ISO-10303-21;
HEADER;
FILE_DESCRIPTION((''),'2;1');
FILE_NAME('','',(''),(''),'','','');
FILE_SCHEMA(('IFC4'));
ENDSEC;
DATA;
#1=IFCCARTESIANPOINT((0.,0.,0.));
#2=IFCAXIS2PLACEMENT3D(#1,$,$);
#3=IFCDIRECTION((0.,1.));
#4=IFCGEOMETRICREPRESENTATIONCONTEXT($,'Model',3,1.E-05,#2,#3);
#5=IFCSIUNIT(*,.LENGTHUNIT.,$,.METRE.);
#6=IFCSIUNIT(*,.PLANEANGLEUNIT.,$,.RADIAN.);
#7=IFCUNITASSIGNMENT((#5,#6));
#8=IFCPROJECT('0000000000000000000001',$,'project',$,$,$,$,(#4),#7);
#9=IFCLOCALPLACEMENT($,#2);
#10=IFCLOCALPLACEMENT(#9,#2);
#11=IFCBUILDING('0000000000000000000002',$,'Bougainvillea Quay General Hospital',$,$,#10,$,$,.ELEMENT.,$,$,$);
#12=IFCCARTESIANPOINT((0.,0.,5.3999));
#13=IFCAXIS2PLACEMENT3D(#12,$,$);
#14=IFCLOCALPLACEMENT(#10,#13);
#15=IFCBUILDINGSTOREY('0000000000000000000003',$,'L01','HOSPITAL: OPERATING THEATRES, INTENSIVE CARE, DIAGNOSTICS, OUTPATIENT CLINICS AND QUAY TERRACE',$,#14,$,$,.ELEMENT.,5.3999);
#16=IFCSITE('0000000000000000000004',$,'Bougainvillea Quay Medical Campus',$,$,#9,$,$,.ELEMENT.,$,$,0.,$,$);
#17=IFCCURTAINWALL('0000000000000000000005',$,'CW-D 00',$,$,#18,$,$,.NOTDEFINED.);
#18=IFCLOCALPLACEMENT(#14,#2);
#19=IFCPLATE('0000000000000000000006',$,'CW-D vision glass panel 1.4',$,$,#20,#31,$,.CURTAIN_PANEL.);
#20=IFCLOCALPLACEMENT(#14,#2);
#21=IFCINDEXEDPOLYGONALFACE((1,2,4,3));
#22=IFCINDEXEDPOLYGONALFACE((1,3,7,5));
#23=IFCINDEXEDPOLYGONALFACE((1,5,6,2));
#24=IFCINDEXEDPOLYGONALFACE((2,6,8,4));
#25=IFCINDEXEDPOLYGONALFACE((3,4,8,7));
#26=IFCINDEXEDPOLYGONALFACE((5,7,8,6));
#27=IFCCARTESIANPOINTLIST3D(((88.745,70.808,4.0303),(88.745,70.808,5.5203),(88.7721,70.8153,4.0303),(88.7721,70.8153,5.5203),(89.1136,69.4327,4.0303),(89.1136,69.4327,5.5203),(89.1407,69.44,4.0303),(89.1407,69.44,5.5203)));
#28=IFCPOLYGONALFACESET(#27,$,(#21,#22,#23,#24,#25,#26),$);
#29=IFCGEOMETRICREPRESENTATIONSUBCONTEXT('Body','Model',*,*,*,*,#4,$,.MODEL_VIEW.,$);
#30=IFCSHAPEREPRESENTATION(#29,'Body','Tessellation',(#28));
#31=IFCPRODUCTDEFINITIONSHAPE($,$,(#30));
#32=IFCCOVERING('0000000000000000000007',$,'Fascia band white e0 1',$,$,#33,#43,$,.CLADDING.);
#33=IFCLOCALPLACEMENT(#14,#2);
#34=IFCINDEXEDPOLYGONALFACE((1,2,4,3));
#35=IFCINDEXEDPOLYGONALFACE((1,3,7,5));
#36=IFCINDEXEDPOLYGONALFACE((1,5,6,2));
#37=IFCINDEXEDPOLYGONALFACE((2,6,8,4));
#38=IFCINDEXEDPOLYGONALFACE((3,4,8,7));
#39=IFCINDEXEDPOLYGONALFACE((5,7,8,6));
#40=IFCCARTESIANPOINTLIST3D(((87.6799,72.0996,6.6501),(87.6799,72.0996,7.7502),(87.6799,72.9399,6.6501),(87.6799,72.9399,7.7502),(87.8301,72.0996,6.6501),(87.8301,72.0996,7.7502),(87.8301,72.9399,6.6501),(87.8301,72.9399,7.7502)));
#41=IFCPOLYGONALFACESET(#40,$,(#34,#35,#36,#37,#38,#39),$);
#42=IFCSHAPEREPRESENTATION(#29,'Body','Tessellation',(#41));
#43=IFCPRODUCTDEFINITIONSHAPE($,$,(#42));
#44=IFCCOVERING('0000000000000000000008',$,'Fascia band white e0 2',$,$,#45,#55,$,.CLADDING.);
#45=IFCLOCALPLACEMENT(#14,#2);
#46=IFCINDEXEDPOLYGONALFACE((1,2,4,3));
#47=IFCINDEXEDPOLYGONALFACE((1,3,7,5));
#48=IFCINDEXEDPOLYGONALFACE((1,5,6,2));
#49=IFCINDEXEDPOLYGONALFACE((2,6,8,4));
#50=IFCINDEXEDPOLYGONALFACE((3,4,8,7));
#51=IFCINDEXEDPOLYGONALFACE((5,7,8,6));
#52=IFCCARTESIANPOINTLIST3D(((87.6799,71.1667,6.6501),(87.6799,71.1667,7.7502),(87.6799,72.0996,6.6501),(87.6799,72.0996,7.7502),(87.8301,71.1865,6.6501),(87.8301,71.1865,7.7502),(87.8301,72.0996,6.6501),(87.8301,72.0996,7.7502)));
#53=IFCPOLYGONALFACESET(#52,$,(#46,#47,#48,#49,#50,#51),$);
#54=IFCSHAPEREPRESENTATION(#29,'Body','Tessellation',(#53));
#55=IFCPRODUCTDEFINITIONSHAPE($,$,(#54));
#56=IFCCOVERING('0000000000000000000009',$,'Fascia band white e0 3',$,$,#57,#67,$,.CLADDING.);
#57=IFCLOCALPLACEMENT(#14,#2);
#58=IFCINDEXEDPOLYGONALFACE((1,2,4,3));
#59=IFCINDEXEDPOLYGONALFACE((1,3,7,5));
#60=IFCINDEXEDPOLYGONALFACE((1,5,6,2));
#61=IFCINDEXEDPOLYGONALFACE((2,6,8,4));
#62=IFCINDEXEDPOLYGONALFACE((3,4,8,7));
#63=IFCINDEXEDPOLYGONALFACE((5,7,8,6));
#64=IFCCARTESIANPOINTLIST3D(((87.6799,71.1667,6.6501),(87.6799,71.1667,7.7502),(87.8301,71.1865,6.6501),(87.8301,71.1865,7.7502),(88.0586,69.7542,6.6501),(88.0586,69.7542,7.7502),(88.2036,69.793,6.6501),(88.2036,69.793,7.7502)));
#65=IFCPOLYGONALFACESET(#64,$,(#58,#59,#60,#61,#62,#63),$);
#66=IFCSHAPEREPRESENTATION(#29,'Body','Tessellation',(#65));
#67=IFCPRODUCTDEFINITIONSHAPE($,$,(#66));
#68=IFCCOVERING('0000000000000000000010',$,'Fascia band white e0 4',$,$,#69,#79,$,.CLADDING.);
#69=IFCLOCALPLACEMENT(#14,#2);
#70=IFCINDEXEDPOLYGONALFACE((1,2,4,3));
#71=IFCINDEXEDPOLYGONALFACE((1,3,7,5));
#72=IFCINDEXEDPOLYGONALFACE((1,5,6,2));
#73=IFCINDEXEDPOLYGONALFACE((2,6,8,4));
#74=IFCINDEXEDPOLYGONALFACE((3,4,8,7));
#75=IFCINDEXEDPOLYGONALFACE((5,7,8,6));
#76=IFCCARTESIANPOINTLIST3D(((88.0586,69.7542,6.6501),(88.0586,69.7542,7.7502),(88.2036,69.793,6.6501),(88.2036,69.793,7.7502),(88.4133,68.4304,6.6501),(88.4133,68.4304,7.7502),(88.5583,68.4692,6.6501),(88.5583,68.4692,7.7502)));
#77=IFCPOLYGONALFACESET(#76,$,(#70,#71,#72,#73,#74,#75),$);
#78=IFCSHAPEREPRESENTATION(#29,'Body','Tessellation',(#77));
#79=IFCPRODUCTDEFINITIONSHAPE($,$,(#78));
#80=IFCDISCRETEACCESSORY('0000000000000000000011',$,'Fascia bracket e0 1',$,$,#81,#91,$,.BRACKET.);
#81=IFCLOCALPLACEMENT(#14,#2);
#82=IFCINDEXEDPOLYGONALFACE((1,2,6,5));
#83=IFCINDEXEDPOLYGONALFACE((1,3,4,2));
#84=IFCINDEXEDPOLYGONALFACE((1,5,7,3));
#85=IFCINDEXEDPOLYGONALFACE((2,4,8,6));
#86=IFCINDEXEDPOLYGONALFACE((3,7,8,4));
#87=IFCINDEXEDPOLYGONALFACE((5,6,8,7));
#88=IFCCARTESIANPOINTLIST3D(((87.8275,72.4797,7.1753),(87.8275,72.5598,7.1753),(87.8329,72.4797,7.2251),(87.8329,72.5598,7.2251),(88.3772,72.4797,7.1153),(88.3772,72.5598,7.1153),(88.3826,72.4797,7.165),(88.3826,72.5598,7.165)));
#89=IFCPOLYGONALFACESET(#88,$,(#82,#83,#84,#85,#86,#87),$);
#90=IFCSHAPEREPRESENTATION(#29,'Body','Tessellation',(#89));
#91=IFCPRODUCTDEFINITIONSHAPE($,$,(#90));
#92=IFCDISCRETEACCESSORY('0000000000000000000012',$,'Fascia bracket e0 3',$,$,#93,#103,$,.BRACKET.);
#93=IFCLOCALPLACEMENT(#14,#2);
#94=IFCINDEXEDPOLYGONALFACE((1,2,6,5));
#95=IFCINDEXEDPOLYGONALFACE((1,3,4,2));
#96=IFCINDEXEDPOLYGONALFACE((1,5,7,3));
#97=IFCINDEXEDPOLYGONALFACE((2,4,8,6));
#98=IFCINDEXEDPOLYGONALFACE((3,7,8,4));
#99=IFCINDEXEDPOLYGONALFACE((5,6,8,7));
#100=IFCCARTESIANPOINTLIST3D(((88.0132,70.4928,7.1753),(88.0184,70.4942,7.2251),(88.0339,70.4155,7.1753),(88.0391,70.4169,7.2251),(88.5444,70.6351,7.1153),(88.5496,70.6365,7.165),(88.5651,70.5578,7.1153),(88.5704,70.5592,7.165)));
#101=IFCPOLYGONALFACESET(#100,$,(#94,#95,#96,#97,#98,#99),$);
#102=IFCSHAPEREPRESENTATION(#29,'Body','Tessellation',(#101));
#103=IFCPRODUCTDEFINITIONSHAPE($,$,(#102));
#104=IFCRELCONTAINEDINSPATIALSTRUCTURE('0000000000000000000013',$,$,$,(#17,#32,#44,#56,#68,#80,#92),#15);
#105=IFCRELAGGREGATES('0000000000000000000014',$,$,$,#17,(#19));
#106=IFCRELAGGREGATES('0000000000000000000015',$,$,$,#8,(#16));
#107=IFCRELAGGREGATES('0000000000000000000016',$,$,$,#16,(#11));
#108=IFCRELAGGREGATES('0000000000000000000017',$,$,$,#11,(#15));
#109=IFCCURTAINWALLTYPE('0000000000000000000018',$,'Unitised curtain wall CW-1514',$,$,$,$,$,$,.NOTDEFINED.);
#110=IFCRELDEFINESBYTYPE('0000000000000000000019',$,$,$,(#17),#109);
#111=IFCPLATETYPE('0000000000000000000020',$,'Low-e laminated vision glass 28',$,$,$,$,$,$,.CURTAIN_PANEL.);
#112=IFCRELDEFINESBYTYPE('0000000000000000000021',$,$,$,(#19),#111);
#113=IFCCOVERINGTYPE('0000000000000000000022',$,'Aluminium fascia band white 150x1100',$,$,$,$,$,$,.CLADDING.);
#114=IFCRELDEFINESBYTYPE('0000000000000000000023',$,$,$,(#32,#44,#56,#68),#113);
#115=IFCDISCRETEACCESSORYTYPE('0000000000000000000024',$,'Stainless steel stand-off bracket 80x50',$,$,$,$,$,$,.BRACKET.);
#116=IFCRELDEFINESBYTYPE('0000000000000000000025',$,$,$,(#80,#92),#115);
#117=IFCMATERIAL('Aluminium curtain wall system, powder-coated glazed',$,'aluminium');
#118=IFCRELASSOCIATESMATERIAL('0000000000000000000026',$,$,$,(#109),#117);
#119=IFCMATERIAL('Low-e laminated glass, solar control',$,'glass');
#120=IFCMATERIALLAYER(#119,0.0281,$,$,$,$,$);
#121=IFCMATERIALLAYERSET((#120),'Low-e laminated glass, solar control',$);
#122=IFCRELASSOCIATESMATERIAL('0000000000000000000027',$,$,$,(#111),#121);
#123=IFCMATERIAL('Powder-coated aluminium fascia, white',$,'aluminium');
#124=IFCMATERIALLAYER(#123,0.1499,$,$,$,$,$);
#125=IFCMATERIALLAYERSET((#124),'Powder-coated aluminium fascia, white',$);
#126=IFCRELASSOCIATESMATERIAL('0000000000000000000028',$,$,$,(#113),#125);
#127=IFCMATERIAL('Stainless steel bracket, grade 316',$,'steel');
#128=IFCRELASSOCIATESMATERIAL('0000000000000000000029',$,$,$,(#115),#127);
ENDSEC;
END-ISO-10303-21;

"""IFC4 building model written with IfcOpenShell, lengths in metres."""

from ifc_helpers import new_model, si_unit, direction, frame, origin, origin_2d, place, context, subcontext, project, spatial, polyline, rectangle, outline, extrude, material, layer, layer_set, material_profile, profile_set, type_object, element, aggregate, save


model = new_model("IFC4")

# Units and contexts
model_context = context("Model", 3, precision=1e-05, world=origin(), true_north=direction((0.0, 1.0)))
body_context = subcontext(model_context, "Body", "Model", "MODEL_VIEW")
ifc_project = project(units=[si_unit("LENGTHUNIT", "METRE"), si_unit("PLANEANGLEUNIT", "RADIAN")], contexts=[model_context])

# Site, building, storey
site_placement = place(None, origin())
site = spatial("IfcSite", under=ifc_project, at=site_placement, Name="Bougainvillea Quay Medical Campus", CompositionType="ELEMENT", RefElevation=0.0)
building_placement = place(site_placement, origin())
building = spatial("IfcBuilding", under=site, at=building_placement, Name="Bougainvillea Quay General Hospital", CompositionType="ELEMENT")
storey_placement = place(building_placement, frame((0.0, 0.0, 5.3999)))
storey = spatial("IfcBuildingStorey", under=building, at=storey_placement, Name="L01", Description="HOSPITAL: OPERATING THEATRES, INTENSIVE CARE, DIAGNOSTICS, OUTPATIENT CLINICS AND QUAY TERRACE", CompositionType="ELEMENT", Elevation=5.3999)

# Curtain wall
ifc_material_1 = material(Name="Aluminium curtain wall system, powder-coated glazed", Category="aluminium")
curtain_wall_type_1 = type_object("IfcCurtainWallType", Name="Unitised curtain wall CW-1514", PredefinedType="NOTDEFINED", material=ifc_material_1)
curtain_wall_1_placement = place(storey_placement, origin())
curtain_wall_1 = element("IfcCurtainWall", 1, at=curtain_wall_1_placement, inside=storey, type_object=curtain_wall_type_1, Name="CW-D 00", PredefinedType="NOTDEFINED")

# Plate
ifc_material_2 = material(Name="Low-e laminated glass, solar control", Category="glass")
ifc_layer_1 = layer(ifc_material_2, 0.0281)
ifc_layer_set_1 = layer_set([ifc_layer_1], Name="Low-e laminated glass, solar control")
plate_type_1 = type_object("IfcPlateType", Name="Low-e laminated vision glass 28", PredefinedType="CURTAIN_PANEL", material=ifc_layer_set_1)
plate_1_placement = place(storey_placement, frame((88.9429, 70.124, 4.0303), z_axis=(0.0, 0.0, 1.0), x_axis=(0.258855, -0.965916, 0.0)))
plate_1 = element("IfcPlate", 2, at=plate_1_placement, type_object=plate_type_1, Name="CW-D vision glass panel 1.4", PredefinedType="CURTAIN_PANEL", context=body_context, shape_type="SweptSolid", body=[
    extrude(rectangle(XDim=1.4238, YDim=0.0281, at=origin_2d()), origin(), (0.0, 0.0, 1.0), 1.49),
])
aggregate(curtain_wall_1, [plate_1])

# Coverings
ifc_material_3 = material(Name="Powder-coated aluminium fascia, white", Category="aluminium")
ifc_layer_2 = layer(ifc_material_3, 0.1499)
ifc_layer_set_2 = layer_set([ifc_layer_2], Name="Powder-coated aluminium fascia, white")
covering_type = type_object("IfcCoveringType", Name="Aluminium fascia band white 150x1100", PredefinedType="CLADDING", material=ifc_layer_set_2)
covering_1_placement = place(storey_placement, frame((87.8301, 72.9399, 6.6501), z_axis=(0.0, 0.0, 1.0), x_axis=(0.0, -1.0, 0.0)))
element("IfcCovering", 3, at=covering_1_placement, inside=storey, type_object=covering_type, Name="Fascia band white e0 1", PredefinedType="CLADDING", context=body_context, shape_type="SweptSolid", body=[
    extrude(outline(polyline([(0.0, 0.0), (0.8403, 0.0), (0.8403, -0.1501), (0.0, -0.1501), (0.0, 0.0)])), origin(), (0.0, 0.0, 1.0), 1.1001),
])
covering_2_placement = place(storey_placement, frame((87.8301, 72.0996, 6.6501), z_axis=(0.0, 0.0, 1.0), x_axis=(0.0, -1.0, 0.0)))
element("IfcCovering", 4, at=covering_2_placement, inside=storey, type_object=covering_type, Name="Fascia band white e0 2", PredefinedType="CLADDING", context=body_context, shape_type="SweptSolid", body=[
    extrude(outline(polyline([(0.0, 0.0), (0.9131, 0.0), (0.9329, -0.1501), (0.0, -0.1501), (0.0, 0.0)])), origin(), (0.0, 0.0, 1.0), 1.1001),
])
covering_3_placement = place(storey_placement, frame((87.8301, 71.1865, 6.6501), z_axis=(0.0, 0.0, 1.0), x_axis=(0.258905, -0.965903, 0.0)))
element("IfcCovering", 5, at=covering_3_placement, inside=storey, type_object=covering_type, Name="Fascia band white e0 3", PredefinedType="CLADDING", context=body_context, shape_type="SweptSolid", body=[
    extrude(outline(polyline([(0.0, 0.0), (1.4427, 0.0), (1.4427, -0.1501), (-0.0198, -0.1501), (0.0, 0.0)])), origin(), (0.0, 0.0, 1.0), 1.1001),
])
covering_4_placement = place(storey_placement, frame((88.2036, 69.793, 6.6501), z_axis=(0.0, 0.0, 1.0), x_axis=(0.258849, -0.965918, 0.0)))
element("IfcCovering", 6, at=covering_4_placement, inside=storey, type_object=covering_type, Name="Fascia band white e0 4", PredefinedType="CLADDING", context=body_context, shape_type="SweptSolid", body=[
    extrude(outline(polyline([(0.0, 0.0), (1.3704, 0.0), (1.3704, -0.1501), (0.0, -0.1501), (0.0, 0.0)])), origin(), (0.0, 0.0, 1.0), 1.1001),
])

# Discrete accessories
ifc_material_4 = material(Name="Stainless steel bracket, grade 316", Category="steel")
ifc_material_profile_1 = material_profile(ifc_material_4, rectangle(XDim=0.0801, YDim=0.05, at=origin_2d()))
ifc_profile_set_1 = profile_set([ifc_material_profile_1], Name="Stainless steel bracket, grade 316")
discrete_accessory_type = type_object("IfcDiscreteAccessoryType", Name="Stainless steel stand-off bracket 80x50", PredefinedType="BRACKET", material=ifc_profile_set_1)
discrete_accessory_1_placement = place(storey_placement, frame((88.3799, 72.5198, 7.1401), z_axis=(-0.994087, 0.0, 0.10859), x_axis=(0.0, -1.0, 0.0)))
element("IfcDiscreteAccessory", 7, at=discrete_accessory_1_placement, inside=storey, type_object=discrete_accessory_type, Name="Fascia bracket e0 1", PredefinedType="BRACKET", context=body_context, shape_type="SweptSolid", body=[
    extrude(rectangle(XDim=0.0801, YDim=0.05, at=origin_2d()), origin(), (0.0, 0.0, 1.0), 0.553),
])
discrete_accessory_2_placement = place(storey_placement, frame((88.5574, 70.5972, 7.1401), z_axis=(-0.960224, -0.257266, 0.108555), x_axis=(0.258795, -0.965932, 0.0)))
element("IfcDiscreteAccessory", 8, at=discrete_accessory_2_placement, inside=storey, type_object=discrete_accessory_type, Name="Fascia bracket e0 3", PredefinedType="BRACKET", context=body_context, shape_type="SweptSolid", body=[
    extrude(rectangle(XDim=0.0801, YDim=0.05, at=origin_2d()), origin(), (0.0, 0.0, 1.0), 0.5532),
])

save(model, "model.ifc")
